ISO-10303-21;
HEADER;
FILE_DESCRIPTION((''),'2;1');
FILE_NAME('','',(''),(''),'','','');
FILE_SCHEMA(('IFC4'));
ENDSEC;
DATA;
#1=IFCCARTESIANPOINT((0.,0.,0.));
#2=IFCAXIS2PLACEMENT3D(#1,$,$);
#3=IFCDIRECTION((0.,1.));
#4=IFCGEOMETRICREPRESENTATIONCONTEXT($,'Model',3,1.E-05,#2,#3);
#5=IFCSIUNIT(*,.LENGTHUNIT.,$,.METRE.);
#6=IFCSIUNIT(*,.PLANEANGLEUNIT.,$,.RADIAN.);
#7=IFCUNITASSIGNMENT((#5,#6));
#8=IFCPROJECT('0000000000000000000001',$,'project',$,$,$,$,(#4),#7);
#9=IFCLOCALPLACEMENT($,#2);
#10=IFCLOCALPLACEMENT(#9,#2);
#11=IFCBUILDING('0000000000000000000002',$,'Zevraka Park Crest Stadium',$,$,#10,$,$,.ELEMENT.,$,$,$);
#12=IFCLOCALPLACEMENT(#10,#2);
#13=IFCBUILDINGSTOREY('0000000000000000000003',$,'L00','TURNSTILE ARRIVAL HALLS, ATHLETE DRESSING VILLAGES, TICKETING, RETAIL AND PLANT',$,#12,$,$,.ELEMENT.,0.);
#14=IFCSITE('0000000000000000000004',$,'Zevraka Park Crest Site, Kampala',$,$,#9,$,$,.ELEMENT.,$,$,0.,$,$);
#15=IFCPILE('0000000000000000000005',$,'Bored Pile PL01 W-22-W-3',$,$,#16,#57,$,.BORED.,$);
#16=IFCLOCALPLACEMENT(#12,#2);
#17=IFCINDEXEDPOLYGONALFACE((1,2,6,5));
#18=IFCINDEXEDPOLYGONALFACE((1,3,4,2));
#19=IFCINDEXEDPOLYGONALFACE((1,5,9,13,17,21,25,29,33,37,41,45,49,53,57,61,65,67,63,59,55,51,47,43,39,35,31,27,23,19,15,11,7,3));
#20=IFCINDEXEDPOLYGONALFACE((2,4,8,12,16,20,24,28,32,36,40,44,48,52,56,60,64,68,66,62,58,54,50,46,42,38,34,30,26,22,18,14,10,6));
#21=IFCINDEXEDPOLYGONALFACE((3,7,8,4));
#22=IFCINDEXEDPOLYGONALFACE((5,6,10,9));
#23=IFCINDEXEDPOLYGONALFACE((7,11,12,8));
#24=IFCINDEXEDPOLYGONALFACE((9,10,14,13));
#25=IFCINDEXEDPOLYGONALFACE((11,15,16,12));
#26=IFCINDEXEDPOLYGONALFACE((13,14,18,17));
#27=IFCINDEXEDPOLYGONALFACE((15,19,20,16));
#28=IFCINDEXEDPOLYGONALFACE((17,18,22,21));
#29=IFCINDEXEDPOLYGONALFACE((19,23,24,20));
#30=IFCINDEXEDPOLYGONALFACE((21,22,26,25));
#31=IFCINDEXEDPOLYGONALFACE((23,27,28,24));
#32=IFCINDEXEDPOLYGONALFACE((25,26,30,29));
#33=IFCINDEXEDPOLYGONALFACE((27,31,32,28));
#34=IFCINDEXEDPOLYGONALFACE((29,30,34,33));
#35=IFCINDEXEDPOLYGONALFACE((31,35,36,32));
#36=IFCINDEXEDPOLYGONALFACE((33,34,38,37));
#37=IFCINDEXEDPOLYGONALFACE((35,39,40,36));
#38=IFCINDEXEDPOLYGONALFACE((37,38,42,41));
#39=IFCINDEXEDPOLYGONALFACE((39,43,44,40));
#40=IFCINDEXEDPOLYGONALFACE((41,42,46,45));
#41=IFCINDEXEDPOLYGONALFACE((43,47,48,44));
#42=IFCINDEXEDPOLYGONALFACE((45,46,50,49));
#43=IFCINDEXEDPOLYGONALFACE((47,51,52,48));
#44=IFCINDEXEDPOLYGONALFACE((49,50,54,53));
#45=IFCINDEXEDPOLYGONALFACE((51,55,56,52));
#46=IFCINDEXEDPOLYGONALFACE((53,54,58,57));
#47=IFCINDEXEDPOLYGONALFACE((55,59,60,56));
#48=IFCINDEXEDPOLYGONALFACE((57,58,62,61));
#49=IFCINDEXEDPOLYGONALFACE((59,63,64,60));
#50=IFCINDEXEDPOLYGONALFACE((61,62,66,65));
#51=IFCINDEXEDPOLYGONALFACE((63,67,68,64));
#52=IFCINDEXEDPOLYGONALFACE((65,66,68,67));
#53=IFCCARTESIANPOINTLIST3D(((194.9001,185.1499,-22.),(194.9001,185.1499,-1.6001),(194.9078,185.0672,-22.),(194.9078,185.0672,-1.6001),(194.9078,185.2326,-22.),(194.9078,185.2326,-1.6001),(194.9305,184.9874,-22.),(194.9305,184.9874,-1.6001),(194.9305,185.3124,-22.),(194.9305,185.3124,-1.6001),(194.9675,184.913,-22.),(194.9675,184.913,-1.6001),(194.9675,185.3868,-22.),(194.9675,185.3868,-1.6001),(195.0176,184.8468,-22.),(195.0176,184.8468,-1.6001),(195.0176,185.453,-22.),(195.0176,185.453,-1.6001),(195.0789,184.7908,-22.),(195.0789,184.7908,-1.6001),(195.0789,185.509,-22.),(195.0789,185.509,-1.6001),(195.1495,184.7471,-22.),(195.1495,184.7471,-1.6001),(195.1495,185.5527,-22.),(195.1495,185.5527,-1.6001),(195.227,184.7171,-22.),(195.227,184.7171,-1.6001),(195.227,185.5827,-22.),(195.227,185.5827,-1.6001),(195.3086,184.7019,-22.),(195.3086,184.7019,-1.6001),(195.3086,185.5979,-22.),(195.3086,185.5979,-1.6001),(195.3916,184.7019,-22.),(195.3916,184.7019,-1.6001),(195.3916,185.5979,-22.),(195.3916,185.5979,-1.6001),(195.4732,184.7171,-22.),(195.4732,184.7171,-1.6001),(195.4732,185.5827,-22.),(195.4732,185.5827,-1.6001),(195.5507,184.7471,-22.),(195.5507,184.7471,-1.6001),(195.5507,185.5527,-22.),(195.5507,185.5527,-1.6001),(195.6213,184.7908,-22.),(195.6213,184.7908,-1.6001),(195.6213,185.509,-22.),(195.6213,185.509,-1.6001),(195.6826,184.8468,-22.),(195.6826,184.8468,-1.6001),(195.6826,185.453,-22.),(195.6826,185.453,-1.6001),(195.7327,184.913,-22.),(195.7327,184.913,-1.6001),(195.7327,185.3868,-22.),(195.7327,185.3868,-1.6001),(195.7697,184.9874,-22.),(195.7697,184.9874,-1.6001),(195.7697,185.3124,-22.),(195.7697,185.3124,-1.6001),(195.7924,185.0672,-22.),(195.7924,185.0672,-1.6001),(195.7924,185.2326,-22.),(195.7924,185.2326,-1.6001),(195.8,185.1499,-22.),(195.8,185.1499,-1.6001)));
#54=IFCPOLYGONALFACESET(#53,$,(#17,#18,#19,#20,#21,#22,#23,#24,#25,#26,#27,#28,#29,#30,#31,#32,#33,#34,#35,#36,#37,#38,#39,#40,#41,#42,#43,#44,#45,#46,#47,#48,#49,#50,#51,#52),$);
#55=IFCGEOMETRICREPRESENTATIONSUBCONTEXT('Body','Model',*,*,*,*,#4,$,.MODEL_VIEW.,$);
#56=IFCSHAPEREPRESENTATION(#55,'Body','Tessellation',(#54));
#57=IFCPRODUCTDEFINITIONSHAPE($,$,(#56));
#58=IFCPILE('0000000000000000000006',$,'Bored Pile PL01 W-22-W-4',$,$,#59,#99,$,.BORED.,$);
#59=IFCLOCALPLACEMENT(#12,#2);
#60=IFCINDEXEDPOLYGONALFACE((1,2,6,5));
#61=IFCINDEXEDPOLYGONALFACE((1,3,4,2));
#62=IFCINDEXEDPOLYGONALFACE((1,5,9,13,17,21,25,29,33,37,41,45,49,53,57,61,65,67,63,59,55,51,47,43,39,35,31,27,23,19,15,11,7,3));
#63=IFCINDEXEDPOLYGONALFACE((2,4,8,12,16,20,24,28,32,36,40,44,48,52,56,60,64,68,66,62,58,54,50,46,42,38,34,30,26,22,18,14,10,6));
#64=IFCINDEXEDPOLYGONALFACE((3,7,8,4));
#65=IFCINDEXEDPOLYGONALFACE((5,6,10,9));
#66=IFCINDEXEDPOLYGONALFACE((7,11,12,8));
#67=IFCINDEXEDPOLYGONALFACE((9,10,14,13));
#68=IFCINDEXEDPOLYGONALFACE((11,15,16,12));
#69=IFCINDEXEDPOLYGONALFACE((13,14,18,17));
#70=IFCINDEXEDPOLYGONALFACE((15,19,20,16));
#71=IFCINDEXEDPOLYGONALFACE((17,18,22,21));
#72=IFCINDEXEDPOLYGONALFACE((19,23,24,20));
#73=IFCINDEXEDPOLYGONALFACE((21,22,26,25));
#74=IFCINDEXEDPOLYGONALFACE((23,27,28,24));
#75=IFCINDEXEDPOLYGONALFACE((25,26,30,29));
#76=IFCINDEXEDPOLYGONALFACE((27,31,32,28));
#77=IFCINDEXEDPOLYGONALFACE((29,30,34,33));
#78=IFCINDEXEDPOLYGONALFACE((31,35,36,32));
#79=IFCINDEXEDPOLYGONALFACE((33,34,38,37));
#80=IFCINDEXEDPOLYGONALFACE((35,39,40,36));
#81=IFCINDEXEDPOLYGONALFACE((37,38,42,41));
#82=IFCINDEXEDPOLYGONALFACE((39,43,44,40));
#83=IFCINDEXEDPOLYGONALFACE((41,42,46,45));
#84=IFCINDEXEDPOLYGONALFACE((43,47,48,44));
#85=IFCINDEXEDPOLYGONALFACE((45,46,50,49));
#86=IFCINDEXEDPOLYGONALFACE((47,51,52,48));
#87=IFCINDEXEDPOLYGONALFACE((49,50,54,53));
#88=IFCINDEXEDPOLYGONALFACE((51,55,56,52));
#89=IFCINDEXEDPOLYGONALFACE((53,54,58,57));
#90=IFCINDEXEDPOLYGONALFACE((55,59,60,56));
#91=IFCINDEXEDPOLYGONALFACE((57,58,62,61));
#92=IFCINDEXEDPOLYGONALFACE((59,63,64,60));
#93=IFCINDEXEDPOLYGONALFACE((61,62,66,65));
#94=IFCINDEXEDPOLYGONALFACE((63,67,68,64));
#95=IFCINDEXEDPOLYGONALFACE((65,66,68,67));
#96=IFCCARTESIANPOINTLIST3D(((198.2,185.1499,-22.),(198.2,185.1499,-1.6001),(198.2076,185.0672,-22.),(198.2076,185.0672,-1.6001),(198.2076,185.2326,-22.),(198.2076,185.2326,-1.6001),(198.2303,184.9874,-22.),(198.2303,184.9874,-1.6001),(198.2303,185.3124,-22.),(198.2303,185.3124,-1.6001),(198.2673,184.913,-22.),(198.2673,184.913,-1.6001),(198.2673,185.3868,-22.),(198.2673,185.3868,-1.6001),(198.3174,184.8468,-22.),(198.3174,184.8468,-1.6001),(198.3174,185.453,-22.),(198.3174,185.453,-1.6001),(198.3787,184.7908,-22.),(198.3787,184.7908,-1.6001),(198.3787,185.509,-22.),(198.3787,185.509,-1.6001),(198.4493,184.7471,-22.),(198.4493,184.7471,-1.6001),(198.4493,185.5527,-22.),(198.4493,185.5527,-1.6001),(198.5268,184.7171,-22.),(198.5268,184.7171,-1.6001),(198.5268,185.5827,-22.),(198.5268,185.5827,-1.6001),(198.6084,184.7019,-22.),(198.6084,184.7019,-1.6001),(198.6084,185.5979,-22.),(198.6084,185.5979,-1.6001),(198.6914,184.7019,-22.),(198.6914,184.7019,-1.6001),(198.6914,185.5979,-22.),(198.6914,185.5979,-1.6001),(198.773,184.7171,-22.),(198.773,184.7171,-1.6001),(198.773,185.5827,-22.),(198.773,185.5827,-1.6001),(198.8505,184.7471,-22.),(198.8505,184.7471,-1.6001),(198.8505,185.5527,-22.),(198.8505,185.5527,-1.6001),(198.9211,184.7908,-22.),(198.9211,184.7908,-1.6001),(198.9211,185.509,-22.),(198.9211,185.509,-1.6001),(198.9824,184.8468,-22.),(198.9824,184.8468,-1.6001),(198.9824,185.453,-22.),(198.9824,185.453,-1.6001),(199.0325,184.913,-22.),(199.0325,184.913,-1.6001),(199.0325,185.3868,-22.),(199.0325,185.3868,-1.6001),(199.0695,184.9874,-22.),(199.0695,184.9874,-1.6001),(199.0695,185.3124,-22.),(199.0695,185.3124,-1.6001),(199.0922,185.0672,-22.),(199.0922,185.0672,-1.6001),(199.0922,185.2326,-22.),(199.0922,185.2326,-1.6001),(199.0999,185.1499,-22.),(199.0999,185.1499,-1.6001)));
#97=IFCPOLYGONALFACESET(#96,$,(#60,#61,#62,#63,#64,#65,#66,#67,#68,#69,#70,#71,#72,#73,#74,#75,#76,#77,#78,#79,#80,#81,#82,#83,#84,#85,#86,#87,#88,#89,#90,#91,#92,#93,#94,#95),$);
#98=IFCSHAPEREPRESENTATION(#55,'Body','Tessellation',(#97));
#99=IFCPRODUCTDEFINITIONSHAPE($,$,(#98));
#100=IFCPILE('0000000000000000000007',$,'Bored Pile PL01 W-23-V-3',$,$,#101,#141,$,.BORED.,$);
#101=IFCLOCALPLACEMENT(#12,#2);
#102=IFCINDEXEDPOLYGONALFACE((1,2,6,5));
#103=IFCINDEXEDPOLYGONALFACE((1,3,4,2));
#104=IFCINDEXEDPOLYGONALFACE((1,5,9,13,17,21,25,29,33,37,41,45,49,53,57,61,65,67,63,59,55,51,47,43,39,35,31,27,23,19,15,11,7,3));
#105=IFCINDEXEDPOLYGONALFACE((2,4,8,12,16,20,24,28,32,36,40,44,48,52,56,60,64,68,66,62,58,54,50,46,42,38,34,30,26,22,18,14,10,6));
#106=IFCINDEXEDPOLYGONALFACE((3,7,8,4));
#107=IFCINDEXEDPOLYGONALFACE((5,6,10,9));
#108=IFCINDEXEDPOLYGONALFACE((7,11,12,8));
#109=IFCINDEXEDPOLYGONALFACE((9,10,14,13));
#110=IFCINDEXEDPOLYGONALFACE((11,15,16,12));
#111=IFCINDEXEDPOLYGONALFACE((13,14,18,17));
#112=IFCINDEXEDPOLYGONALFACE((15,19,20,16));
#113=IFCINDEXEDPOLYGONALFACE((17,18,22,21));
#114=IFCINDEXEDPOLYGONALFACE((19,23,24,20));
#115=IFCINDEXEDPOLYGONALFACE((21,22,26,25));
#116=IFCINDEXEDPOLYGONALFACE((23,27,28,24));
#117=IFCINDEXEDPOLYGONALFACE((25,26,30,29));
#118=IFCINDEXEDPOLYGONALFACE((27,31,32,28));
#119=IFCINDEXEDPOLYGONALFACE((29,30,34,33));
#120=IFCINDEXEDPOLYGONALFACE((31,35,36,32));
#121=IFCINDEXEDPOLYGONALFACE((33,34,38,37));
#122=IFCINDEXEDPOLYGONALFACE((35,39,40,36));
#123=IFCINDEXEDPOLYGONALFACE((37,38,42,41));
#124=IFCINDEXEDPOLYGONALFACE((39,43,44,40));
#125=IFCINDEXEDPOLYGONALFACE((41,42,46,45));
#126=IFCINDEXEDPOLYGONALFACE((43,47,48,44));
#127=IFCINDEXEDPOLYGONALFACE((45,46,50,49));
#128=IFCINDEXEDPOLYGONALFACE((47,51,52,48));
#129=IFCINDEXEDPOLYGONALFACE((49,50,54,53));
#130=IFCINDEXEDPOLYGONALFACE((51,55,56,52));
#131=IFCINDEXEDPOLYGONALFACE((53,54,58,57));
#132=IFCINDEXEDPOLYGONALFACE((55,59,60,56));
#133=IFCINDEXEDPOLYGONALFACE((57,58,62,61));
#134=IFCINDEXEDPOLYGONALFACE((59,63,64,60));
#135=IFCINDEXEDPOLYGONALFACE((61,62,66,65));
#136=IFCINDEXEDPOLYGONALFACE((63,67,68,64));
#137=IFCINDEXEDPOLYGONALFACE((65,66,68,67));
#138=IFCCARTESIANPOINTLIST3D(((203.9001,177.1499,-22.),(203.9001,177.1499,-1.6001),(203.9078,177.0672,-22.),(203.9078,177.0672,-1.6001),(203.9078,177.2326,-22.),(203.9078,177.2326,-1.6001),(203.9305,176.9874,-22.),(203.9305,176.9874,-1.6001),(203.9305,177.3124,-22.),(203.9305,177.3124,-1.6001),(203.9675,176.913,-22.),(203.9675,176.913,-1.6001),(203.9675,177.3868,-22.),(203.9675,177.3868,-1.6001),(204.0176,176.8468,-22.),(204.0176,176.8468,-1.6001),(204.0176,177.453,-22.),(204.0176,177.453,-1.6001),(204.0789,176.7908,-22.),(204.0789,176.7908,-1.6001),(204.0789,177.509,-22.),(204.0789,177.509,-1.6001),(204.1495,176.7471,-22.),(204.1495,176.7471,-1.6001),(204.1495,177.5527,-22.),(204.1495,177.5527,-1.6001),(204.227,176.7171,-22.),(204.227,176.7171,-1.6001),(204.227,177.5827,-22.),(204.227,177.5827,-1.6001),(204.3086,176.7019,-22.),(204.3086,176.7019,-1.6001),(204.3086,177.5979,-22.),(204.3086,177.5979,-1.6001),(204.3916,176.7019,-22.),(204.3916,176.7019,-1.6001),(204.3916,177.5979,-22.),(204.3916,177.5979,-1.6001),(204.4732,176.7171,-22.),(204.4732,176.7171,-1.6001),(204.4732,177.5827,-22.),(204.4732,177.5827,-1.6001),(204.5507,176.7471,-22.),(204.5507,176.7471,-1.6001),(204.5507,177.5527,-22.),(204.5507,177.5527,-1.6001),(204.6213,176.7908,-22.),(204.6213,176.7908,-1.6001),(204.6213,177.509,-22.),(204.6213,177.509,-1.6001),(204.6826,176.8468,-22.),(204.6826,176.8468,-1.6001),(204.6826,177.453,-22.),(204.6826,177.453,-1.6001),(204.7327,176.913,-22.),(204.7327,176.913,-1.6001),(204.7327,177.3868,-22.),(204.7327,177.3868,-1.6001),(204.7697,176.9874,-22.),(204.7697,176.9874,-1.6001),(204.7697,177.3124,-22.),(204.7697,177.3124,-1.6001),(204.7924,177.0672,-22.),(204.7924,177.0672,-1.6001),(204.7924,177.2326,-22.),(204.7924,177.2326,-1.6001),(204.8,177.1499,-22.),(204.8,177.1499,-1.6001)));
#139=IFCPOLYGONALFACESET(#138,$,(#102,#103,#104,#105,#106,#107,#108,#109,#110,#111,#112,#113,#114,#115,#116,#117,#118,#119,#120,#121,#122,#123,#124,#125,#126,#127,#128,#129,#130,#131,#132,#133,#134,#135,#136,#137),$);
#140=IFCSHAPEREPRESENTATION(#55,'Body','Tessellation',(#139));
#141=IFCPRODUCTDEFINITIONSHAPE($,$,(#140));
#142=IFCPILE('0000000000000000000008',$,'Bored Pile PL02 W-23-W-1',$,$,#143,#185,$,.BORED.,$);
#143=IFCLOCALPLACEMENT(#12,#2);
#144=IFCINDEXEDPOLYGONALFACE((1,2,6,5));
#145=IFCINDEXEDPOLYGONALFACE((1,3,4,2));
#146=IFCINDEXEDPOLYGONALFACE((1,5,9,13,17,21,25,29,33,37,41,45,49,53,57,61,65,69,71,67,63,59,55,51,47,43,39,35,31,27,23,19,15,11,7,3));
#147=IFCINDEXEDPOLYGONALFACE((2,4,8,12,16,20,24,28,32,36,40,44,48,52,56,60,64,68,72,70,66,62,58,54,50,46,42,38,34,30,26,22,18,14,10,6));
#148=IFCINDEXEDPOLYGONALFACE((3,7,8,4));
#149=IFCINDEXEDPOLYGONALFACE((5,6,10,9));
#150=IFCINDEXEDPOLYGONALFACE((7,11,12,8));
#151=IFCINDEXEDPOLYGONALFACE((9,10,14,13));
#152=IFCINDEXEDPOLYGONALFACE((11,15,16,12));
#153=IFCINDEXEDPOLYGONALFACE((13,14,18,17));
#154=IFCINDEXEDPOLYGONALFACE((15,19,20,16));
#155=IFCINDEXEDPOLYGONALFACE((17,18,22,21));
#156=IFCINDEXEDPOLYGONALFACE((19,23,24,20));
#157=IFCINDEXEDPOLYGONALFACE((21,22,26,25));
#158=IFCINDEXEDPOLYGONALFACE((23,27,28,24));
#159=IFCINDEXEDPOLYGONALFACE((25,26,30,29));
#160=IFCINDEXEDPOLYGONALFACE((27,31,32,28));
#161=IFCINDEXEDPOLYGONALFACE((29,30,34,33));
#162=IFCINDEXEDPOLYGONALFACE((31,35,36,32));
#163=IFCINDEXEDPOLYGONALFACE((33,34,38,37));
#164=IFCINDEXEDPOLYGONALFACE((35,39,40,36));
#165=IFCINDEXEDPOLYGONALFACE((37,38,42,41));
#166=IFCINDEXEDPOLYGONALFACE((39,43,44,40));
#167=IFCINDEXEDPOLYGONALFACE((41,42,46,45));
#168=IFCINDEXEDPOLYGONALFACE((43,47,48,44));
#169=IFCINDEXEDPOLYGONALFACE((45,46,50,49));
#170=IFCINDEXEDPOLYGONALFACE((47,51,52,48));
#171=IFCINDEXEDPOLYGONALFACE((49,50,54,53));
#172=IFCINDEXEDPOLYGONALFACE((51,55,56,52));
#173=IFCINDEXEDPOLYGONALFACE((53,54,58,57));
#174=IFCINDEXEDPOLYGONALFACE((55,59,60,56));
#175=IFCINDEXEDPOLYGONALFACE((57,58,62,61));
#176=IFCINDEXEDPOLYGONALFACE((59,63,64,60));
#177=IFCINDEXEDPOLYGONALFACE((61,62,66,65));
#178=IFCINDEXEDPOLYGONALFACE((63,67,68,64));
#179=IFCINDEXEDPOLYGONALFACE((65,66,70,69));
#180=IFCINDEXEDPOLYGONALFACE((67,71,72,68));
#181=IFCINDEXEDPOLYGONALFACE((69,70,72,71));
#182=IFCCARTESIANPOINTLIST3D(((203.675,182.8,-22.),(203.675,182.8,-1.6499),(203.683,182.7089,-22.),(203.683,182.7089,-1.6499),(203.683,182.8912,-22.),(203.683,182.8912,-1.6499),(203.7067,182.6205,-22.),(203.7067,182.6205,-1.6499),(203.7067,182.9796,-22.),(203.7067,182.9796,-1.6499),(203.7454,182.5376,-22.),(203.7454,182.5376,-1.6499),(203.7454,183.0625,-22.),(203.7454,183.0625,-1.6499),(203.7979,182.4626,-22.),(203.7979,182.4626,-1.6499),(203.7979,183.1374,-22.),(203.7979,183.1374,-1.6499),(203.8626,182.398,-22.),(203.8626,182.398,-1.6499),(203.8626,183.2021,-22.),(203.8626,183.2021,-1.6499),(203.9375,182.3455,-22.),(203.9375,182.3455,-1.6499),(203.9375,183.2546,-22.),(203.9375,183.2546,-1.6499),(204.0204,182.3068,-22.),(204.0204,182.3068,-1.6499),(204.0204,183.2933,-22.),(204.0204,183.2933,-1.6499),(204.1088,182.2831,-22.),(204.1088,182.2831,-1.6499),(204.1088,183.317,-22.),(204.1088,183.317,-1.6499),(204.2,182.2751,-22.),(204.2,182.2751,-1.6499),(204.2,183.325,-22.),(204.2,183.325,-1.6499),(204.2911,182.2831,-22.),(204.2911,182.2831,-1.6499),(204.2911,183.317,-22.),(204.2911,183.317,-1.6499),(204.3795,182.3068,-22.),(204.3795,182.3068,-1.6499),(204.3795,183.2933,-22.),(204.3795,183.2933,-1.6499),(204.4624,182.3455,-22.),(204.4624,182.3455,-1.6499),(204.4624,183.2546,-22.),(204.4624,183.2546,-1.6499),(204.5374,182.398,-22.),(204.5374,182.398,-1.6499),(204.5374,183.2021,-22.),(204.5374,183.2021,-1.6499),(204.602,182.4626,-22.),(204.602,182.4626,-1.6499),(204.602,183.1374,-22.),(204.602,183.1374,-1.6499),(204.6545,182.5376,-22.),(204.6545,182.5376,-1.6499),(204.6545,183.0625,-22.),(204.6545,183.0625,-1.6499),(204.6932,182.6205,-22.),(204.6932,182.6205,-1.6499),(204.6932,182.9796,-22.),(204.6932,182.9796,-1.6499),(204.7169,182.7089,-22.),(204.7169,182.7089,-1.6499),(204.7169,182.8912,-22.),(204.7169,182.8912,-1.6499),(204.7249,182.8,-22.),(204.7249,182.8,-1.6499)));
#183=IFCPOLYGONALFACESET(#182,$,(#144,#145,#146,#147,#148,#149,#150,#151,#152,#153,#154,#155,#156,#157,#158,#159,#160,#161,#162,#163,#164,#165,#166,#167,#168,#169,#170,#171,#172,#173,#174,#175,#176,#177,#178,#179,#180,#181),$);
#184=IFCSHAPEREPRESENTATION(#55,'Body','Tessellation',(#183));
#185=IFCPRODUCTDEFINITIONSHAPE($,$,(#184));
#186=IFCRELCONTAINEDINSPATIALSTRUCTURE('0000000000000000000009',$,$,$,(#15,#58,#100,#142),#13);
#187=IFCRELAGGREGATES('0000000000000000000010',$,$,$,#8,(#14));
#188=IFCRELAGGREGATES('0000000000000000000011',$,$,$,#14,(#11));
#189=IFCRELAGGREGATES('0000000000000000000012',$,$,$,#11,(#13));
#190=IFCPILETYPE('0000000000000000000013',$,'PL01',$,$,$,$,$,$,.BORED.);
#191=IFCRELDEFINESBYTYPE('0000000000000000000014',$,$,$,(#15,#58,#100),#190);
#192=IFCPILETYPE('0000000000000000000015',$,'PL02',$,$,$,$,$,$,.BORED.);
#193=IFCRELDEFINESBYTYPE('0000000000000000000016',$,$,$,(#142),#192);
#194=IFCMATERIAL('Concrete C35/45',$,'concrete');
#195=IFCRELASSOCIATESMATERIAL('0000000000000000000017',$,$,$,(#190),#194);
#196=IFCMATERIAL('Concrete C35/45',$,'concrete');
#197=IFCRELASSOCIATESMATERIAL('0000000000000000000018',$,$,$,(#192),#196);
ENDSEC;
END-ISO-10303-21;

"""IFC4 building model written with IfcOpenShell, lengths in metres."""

from ifc_helpers import new_model, si_unit, direction, frame, origin, origin_2d, place, context, subcontext, project, spatial, circle, extrude, material, material_profile, profile_set, type_object, element, save


model = new_model("IFC4")

# Units and contexts
model_context = context("Model", 3, precision=1e-05, world=origin(), true_north=direction((0.0, 1.0)))
body_context = subcontext(model_context, "Body", "Model", "MODEL_VIEW")
ifc_project = project(units=[si_unit("LENGTHUNIT", "METRE"), si_unit("PLANEANGLEUNIT", "RADIAN")], contexts=[model_context])

# Site, building, storey
site_placement = place(None, origin())
site = spatial("IfcSite", under=ifc_project, at=site_placement, Name="Zevraka Park Crest Site, Kampala", CompositionType="ELEMENT", RefElevation=0.0)
building_placement = place(site_placement, origin())
building = spatial("IfcBuilding", under=site, at=building_placement, Name="Zevraka Park Crest Stadium", CompositionType="ELEMENT")
storey_placement = place(building_placement, origin())
storey = spatial("IfcBuildingStorey", under=building, at=storey_placement, Name="L00", Description="TURNSTILE ARRIVAL HALLS, ATHLETE DRESSING VILLAGES, TICKETING, RETAIL AND PLANT", CompositionType="ELEMENT", Elevation=0.0)

# Piles
ifc_material_1 = material(Name="Concrete C35/45", Category="concrete")
ifc_material_profile_1 = material_profile(ifc_material_1, circle(Radius=0.45, at=origin_2d()), Name="PILE D900")
ifc_profile_set_1 = profile_set([ifc_material_profile_1], Name="Concrete C35/45")
pile_type_1 = type_object("IfcPileType", Name="PL01", PredefinedType="BORED", material=ifc_profile_set_1)
for number, where, z_axis, x_axis, name in (
    (1, (195.3501, 185.1499, -1.6001), (0.0, 0.0, -1.0), (1.0, 0.0, 0.0), "Bored Pile PL01 W-22-W-3"),
    (2, (198.6499, 185.1499, -1.6001), (0.0, 0.0, -1.0), (1.0, 0.0, 0.0), "Bored Pile PL01 W-22-W-4"),
    (3, (204.3501, 177.1499, -1.6001), (0.0, 0.0, -1.0), (1.0, 0.0, 0.0), "Bored Pile PL01 W-23-V-3"),
):
    element("IfcPile", number, at=place(storey_placement, frame(where, z_axis=z_axis, x_axis=x_axis)), inside=storey, type_object=pile_type_1, Name=name, PredefinedType="BORED", context=body_context, shape_type="SweptSolid", body=[
        extrude(circle(Radius=0.45, at=origin_2d()), origin(), (0.0, 0.0, 1.0), 20.3999),
    ])
ifc_material_2 = material(Name="Concrete C35/45", Category="concrete")
ifc_material_profile_2 = material_profile(ifc_material_2, circle(Radius=0.5249, at=origin_2d()), Name="PILE D1050")
ifc_profile_set_2 = profile_set([ifc_material_profile_2], Name="Concrete C35/45")
pile_type_2 = type_object("IfcPileType", Name="PL02", PredefinedType="BORED", material=ifc_profile_set_2)
for number, where, z_axis, x_axis, name in (
    (4, (204.2, 182.8, -1.6499), (0.0, 0.0, -1.0), (1.0, 0.0, 0.0), "Bored Pile PL02 W-23-W-1"),
):
    element("IfcPile", number, at=place(storey_placement, frame(where, z_axis=z_axis, x_axis=x_axis)), inside=storey, type_object=pile_type_2, Name=name, PredefinedType="BORED", context=body_context, shape_type="SweptSolid", body=[
        extrude(circle(Radius=0.5249, at=origin_2d()), origin(), (0.0, 0.0, 1.0), 20.3501),
    ])

save(model, "model.ifc")
